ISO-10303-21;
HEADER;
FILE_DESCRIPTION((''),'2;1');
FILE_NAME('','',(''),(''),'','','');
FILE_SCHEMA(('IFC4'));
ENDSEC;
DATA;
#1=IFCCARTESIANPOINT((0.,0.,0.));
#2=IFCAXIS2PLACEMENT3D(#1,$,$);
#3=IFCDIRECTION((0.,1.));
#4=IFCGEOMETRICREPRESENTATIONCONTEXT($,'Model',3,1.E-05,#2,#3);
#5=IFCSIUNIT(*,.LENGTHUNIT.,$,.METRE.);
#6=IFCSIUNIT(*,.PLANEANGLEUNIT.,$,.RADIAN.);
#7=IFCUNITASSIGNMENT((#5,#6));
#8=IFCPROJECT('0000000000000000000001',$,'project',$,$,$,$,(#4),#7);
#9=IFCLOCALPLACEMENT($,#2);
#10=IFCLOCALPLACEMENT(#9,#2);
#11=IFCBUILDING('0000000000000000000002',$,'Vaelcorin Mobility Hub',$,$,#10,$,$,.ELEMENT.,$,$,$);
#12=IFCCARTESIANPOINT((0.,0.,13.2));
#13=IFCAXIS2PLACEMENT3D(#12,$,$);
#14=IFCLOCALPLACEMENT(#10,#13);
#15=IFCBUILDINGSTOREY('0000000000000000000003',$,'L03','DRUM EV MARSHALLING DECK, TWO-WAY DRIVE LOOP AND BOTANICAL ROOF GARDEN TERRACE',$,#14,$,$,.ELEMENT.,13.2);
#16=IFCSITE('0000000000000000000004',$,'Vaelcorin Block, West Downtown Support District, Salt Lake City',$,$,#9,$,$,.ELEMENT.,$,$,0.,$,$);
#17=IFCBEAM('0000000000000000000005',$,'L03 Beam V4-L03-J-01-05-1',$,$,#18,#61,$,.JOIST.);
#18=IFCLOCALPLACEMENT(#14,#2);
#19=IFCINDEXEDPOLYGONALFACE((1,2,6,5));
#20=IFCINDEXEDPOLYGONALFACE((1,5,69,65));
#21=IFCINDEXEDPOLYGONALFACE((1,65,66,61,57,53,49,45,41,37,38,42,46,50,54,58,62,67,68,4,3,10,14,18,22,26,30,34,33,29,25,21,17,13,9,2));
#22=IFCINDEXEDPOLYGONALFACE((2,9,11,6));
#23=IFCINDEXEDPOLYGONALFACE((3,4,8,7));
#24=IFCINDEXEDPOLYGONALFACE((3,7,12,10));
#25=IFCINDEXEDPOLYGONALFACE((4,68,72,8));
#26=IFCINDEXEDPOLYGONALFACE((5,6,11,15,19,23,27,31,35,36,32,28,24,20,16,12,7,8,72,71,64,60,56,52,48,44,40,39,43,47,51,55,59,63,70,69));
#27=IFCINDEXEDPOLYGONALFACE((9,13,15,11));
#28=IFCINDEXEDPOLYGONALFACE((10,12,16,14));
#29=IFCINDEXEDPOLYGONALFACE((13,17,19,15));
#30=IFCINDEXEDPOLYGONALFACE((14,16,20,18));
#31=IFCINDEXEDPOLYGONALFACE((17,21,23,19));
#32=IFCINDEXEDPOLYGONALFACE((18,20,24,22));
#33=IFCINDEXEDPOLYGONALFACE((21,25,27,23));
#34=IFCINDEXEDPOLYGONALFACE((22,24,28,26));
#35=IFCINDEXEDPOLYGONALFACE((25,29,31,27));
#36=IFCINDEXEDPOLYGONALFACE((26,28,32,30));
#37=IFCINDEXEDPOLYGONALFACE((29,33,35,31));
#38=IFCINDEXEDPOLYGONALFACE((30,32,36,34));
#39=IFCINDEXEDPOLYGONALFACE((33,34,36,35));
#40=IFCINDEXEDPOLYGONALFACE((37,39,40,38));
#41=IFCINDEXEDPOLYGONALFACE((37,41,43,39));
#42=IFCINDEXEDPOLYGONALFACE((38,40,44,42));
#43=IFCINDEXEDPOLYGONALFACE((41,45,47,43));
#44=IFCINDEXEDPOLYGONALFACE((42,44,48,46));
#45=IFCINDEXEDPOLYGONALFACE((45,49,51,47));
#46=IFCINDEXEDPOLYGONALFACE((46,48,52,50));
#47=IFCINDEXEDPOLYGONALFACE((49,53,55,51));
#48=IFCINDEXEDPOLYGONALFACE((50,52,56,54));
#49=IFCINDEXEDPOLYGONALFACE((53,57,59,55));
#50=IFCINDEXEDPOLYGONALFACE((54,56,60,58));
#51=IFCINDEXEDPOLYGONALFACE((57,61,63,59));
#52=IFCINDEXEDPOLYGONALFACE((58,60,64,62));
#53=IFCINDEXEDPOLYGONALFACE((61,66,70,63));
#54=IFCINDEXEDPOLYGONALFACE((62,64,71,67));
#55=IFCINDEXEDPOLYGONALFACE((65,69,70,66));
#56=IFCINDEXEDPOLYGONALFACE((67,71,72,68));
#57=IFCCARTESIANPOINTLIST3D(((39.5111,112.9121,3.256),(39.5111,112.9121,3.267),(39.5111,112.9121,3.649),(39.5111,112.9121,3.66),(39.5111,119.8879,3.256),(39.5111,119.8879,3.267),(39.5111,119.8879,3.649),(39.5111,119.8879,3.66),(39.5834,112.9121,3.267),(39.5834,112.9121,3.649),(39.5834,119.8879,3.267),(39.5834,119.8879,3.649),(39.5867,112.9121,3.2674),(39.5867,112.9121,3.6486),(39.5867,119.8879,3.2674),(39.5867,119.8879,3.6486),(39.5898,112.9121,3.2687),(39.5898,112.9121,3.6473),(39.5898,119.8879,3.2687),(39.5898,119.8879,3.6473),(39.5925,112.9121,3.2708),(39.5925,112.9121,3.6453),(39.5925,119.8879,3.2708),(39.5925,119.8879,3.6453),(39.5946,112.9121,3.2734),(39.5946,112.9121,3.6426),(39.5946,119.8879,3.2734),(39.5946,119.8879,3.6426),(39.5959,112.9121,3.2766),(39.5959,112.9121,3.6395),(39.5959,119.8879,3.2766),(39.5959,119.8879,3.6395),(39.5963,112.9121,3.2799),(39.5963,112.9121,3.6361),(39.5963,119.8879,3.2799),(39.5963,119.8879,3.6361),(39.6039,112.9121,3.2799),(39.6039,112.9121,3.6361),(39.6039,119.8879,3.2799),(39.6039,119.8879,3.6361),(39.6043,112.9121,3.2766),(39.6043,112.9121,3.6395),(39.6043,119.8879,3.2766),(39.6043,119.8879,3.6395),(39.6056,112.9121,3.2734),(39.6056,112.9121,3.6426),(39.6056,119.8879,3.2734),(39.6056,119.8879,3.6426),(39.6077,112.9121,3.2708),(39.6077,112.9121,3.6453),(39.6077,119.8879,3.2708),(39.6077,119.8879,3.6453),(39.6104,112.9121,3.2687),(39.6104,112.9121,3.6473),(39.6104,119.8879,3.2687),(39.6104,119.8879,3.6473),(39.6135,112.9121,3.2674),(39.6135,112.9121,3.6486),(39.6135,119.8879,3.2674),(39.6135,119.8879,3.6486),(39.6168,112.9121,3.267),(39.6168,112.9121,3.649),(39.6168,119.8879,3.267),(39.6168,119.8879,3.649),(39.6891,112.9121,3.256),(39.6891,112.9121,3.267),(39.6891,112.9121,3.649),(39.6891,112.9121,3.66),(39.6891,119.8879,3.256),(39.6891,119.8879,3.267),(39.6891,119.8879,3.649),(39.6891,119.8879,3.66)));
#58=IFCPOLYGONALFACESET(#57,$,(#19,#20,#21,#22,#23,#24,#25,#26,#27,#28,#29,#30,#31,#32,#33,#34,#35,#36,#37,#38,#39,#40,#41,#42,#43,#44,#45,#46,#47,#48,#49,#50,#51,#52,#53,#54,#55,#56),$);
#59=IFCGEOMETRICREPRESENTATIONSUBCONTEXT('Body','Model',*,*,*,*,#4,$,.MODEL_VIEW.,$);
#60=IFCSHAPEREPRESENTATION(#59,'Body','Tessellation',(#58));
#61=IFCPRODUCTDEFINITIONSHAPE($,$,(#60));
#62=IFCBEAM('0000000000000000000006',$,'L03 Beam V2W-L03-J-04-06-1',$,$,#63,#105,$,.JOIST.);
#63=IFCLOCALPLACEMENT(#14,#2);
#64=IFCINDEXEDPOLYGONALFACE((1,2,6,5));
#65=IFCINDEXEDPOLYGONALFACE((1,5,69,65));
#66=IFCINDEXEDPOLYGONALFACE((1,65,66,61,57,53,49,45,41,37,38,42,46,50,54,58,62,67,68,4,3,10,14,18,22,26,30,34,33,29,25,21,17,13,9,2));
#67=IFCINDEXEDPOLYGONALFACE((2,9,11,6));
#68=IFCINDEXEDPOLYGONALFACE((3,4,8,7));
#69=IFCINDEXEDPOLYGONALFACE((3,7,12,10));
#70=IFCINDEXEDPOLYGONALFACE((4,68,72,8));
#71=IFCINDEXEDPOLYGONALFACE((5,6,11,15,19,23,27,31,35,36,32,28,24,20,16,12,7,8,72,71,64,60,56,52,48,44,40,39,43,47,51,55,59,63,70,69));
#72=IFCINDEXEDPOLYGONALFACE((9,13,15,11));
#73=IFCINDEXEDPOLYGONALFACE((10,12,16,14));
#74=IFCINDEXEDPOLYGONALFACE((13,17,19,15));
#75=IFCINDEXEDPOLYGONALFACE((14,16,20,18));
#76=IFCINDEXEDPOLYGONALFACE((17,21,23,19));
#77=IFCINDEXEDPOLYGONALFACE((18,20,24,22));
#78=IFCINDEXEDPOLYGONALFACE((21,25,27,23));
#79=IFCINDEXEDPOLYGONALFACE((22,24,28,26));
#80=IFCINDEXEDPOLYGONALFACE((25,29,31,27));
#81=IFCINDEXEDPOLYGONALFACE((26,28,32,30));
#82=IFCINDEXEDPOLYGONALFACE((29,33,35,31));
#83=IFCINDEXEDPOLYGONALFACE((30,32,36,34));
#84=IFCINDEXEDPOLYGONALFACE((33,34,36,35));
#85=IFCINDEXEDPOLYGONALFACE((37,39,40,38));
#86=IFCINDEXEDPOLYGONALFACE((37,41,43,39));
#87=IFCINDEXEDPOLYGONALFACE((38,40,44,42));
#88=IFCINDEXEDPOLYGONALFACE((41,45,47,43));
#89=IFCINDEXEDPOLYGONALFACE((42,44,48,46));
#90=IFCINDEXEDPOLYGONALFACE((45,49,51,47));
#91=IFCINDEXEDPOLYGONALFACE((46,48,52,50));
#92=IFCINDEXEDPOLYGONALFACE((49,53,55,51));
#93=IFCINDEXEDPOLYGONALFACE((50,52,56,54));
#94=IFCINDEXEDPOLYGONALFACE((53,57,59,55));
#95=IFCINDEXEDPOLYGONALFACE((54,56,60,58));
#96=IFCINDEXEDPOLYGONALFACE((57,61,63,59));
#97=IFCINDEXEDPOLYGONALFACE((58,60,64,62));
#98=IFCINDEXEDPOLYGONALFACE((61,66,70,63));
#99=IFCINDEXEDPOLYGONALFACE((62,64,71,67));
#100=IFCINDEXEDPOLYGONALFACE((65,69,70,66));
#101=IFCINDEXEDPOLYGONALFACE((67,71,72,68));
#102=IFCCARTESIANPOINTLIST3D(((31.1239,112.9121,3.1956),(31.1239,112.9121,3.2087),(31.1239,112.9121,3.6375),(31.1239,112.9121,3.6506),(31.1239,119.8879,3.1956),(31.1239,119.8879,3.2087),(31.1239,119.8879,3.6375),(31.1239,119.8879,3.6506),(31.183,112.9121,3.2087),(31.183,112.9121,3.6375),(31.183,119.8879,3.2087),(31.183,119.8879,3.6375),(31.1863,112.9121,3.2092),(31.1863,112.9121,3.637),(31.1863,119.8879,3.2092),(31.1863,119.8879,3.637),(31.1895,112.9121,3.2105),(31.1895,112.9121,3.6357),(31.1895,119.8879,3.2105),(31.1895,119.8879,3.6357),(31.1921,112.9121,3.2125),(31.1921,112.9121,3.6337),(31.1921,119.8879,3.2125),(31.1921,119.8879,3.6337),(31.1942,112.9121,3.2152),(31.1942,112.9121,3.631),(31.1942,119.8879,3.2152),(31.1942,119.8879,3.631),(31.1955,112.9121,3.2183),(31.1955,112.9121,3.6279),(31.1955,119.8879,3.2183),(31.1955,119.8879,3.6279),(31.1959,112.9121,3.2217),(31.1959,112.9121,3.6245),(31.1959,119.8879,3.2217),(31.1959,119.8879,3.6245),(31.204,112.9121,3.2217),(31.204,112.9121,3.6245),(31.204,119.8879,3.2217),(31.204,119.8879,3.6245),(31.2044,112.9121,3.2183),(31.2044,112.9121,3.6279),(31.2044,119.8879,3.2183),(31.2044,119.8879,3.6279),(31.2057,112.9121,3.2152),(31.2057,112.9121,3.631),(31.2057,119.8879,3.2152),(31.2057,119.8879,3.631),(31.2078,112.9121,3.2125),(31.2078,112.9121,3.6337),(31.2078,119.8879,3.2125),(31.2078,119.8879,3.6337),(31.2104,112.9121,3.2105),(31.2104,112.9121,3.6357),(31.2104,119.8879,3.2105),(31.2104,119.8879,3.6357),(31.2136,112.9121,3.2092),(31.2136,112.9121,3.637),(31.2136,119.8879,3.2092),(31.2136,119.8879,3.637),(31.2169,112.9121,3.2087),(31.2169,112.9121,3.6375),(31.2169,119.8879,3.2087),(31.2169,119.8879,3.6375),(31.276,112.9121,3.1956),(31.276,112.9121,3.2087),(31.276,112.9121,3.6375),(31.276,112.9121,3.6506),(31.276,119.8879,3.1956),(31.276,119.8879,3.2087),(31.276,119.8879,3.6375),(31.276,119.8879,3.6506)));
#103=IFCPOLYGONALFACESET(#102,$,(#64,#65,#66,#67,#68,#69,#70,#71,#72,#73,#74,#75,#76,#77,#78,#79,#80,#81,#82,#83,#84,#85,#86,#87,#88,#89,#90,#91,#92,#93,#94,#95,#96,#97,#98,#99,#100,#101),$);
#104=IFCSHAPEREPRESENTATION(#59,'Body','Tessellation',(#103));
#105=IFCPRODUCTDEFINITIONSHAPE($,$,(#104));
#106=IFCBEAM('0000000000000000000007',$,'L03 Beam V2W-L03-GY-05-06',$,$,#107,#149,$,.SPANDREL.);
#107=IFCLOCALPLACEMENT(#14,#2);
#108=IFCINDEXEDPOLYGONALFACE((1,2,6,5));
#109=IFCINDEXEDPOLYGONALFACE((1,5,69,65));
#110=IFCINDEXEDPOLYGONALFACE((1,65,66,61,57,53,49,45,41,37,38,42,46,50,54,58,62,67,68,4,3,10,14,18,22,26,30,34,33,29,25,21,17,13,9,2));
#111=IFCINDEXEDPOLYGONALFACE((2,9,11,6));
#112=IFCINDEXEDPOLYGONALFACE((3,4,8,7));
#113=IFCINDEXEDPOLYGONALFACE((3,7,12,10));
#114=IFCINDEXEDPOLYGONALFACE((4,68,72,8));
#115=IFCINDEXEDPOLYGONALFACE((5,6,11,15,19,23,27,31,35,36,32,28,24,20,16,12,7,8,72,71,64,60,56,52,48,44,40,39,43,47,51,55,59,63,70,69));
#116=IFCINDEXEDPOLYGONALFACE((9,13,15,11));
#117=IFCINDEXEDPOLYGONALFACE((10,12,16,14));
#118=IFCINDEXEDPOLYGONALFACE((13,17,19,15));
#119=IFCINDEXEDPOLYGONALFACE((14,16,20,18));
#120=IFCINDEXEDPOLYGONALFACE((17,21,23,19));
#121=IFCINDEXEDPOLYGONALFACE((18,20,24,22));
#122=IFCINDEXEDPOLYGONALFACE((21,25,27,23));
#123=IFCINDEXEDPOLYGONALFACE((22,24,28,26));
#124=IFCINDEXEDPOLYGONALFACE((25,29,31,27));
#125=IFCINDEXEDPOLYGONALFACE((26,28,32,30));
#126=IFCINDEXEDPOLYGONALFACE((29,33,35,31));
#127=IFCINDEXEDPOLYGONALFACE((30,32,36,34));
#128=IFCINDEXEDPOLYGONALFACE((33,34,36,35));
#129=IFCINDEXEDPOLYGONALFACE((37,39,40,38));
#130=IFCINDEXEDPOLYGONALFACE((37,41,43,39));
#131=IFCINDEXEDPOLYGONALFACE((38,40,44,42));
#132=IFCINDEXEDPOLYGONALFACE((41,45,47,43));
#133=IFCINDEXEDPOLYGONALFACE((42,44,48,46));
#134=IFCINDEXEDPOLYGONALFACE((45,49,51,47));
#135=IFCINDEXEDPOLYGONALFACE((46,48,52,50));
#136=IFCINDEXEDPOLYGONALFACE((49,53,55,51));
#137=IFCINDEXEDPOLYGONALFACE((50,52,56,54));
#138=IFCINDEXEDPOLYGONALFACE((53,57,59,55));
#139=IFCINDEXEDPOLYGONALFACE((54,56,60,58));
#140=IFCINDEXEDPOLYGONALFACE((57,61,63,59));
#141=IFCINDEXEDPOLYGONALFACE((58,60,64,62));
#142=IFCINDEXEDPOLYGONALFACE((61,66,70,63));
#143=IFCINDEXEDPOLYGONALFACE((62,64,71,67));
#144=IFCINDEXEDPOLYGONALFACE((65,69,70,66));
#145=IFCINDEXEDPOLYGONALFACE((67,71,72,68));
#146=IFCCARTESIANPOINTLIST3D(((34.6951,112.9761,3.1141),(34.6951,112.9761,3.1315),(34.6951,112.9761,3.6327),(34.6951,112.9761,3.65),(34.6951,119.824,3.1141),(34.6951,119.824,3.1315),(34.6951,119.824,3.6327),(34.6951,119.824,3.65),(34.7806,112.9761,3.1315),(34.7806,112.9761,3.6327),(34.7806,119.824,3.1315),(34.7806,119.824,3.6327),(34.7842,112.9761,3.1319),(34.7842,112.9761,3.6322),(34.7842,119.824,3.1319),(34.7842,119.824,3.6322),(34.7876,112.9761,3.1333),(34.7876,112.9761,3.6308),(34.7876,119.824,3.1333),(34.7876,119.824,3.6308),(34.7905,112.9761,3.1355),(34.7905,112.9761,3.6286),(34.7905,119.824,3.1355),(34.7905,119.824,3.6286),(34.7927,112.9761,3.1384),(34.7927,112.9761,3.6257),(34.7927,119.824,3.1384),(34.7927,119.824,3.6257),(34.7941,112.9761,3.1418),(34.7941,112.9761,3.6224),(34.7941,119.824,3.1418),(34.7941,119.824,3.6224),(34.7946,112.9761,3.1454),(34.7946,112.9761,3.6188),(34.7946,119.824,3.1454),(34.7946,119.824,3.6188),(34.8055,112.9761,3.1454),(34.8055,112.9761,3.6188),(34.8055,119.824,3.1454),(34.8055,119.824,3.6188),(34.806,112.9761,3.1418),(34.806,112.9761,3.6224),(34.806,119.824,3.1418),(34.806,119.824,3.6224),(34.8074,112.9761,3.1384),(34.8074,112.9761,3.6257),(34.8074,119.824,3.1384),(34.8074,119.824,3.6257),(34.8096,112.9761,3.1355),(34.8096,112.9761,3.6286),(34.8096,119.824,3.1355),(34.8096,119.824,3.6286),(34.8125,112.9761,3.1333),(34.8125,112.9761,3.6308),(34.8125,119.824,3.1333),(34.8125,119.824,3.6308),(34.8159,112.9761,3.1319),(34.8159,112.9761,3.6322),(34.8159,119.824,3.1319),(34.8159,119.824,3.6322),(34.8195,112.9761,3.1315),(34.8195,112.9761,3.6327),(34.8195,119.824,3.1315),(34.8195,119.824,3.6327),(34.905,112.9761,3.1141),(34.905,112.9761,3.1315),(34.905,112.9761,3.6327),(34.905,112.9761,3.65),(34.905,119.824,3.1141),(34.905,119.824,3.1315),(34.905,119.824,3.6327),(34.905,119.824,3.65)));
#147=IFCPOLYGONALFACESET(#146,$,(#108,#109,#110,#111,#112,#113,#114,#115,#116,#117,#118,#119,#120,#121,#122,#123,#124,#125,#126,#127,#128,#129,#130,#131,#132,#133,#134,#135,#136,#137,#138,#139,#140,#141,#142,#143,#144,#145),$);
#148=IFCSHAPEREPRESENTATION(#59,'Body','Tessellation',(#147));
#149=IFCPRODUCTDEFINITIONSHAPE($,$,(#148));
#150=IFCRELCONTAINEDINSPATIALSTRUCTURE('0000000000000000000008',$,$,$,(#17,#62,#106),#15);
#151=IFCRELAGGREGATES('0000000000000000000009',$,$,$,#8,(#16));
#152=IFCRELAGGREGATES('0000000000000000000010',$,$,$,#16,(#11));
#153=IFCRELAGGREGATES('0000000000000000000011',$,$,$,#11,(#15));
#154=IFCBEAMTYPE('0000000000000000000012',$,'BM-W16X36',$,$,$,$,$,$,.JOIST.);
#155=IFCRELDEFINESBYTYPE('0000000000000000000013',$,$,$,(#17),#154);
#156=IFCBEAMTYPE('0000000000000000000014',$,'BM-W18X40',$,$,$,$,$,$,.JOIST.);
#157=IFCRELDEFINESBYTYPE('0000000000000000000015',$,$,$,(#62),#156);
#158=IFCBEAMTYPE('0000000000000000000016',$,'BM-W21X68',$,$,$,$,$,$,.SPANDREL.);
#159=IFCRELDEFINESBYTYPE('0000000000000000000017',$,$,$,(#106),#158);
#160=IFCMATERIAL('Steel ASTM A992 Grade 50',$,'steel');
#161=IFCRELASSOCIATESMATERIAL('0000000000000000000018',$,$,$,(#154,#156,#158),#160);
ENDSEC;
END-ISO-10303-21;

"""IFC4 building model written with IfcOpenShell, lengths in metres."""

from ifc_helpers import new_model, si_unit, direction, frame, origin, origin_2d, place, context, subcontext, project, spatial, i_section, extrude, material, material_profile, profile_set, type_object, element, save


model = new_model("IFC4")

# Units and contexts
model_context = context("Model", 3, precision=1e-05, world=origin(), true_north=direction((0.0, 1.0)))
body_context = subcontext(model_context, "Body", "Model", "MODEL_VIEW")
ifc_project = project(units=[si_unit("LENGTHUNIT", "METRE"), si_unit("PLANEANGLEUNIT", "RADIAN")], contexts=[model_context])

# Site, building, storey
site_placement = place(None, origin())
site = spatial("IfcSite", under=ifc_project, at=site_placement, Name="Vaelcorin Block, West Downtown Support District, Salt Lake City", CompositionType="ELEMENT", RefElevation=0.0)
building_placement = place(site_placement, origin())
building = spatial("IfcBuilding", under=site, at=building_placement, Name="Vaelcorin Mobility Hub", CompositionType="ELEMENT")
storey_placement = place(building_placement, frame((0.0, 0.0, 13.2)))
storey = spatial("IfcBuildingStorey", under=building, at=storey_placement, Name="L03", Description="DRUM EV MARSHALLING DECK, TWO-WAY DRIVE LOOP AND BOTANICAL ROOF GARDEN TERRACE", CompositionType="ELEMENT", Elevation=13.2)

# Shared definitions
ifc_material_1 = material(Name="Steel ASTM A992 Grade 50", Category="steel")

# Beams
ifc_material_profile_1 = material_profile(ifc_material_1, i_section(OverallWidth=0.178, OverallDepth=0.4041, WebThickness=0.0076, FlangeThickness=0.011, FilletRadius=0.0129, at=origin_2d()), Name="W16X36")
ifc_profile_set_1 = profile_set([ifc_material_profile_1], Name="Steel ASTM A992 Grade 50")
beam_type_1 = type_object("IfcBeamType", Name="BM-W16X36", PredefinedType="JOIST", material=ifc_profile_set_1)
beam_1_placement = place(storey_placement, frame((39.6001, 112.9121, 3.458), z_axis=(0.0, 1.0, 0.0), x_axis=(-1.0, 0.0, 0.0)))
element("IfcBeam", 1, at=beam_1_placement, inside=storey, type_object=beam_type_1, Name="L03 Beam V4-L03-J-01-05-1", PredefinedType="JOIST", context=body_context, shape_type="SweptSolid", body=[
    extrude(i_section(OverallWidth=0.178, OverallDepth=0.4041, WebThickness=0.0076, FlangeThickness=0.011, FilletRadius=0.0129, at=origin_2d()), origin(), (0.0, 0.0, 1.0), 6.9758),
])
ifc_material_profile_2 = material_profile(ifc_material_1, i_section(OverallWidth=0.1521, OverallDepth=0.4551, WebThickness=0.0081, FlangeThickness=0.0132, FilletRadius=0.0129, at=origin_2d()), Name="W18X40")
ifc_profile_set_2 = profile_set([ifc_material_profile_2], Name="Steel ASTM A992 Grade 50")
beam_type_2 = type_object("IfcBeamType", Name="BM-W18X40", PredefinedType="JOIST", material=ifc_profile_set_2)
beam_2_placement = place(storey_placement, frame((31.2, 112.9121, 3.4231), z_axis=(0.0, 1.0, 0.0), x_axis=(-1.0, 0.0, 0.0)))
element("IfcBeam", 2, at=beam_2_placement, inside=storey, type_object=beam_type_2, Name="L03 Beam V2W-L03-J-04-06-1", PredefinedType="JOIST", context=body_context, shape_type="SweptSolid", body=[
    extrude(i_section(OverallWidth=0.1521, OverallDepth=0.4551, WebThickness=0.0081, FlangeThickness=0.0132, FilletRadius=0.0129, at=origin_2d()), origin(), (0.0, 0.0, 1.0), 6.9758),
])
ifc_material_profile_3 = material_profile(ifc_material_1, i_section(OverallWidth=0.21, OverallDepth=0.5359, WebThickness=0.011, FlangeThickness=0.0173, FilletRadius=0.0139, at=origin_2d()), Name="W21X68")
ifc_profile_set_3 = profile_set([ifc_material_profile_3], Name="Steel ASTM A992 Grade 50")
beam_type_3 = type_object("IfcBeamType", Name="BM-W21X68", PredefinedType="SPANDREL", material=ifc_profile_set_3)
beam_3_placement = place(storey_placement, frame((34.8, 112.9761, 3.3821), z_axis=(0.0, 1.0, 0.0), x_axis=(-1.0, 0.0, 0.0)))
element("IfcBeam", 3, at=beam_3_placement, inside=storey, type_object=beam_type_3, Name="L03 Beam V2W-L03-GY-05-06", PredefinedType="SPANDREL", context=body_context, shape_type="SweptSolid", body=[
    extrude(i_section(OverallWidth=0.21, OverallDepth=0.5359, WebThickness=0.011, FlangeThickness=0.0173, FilletRadius=0.0139, at=origin_2d()), origin(), (0.0, 0.0, 1.0), 6.8479),
])

save(model, "model.ifc")
